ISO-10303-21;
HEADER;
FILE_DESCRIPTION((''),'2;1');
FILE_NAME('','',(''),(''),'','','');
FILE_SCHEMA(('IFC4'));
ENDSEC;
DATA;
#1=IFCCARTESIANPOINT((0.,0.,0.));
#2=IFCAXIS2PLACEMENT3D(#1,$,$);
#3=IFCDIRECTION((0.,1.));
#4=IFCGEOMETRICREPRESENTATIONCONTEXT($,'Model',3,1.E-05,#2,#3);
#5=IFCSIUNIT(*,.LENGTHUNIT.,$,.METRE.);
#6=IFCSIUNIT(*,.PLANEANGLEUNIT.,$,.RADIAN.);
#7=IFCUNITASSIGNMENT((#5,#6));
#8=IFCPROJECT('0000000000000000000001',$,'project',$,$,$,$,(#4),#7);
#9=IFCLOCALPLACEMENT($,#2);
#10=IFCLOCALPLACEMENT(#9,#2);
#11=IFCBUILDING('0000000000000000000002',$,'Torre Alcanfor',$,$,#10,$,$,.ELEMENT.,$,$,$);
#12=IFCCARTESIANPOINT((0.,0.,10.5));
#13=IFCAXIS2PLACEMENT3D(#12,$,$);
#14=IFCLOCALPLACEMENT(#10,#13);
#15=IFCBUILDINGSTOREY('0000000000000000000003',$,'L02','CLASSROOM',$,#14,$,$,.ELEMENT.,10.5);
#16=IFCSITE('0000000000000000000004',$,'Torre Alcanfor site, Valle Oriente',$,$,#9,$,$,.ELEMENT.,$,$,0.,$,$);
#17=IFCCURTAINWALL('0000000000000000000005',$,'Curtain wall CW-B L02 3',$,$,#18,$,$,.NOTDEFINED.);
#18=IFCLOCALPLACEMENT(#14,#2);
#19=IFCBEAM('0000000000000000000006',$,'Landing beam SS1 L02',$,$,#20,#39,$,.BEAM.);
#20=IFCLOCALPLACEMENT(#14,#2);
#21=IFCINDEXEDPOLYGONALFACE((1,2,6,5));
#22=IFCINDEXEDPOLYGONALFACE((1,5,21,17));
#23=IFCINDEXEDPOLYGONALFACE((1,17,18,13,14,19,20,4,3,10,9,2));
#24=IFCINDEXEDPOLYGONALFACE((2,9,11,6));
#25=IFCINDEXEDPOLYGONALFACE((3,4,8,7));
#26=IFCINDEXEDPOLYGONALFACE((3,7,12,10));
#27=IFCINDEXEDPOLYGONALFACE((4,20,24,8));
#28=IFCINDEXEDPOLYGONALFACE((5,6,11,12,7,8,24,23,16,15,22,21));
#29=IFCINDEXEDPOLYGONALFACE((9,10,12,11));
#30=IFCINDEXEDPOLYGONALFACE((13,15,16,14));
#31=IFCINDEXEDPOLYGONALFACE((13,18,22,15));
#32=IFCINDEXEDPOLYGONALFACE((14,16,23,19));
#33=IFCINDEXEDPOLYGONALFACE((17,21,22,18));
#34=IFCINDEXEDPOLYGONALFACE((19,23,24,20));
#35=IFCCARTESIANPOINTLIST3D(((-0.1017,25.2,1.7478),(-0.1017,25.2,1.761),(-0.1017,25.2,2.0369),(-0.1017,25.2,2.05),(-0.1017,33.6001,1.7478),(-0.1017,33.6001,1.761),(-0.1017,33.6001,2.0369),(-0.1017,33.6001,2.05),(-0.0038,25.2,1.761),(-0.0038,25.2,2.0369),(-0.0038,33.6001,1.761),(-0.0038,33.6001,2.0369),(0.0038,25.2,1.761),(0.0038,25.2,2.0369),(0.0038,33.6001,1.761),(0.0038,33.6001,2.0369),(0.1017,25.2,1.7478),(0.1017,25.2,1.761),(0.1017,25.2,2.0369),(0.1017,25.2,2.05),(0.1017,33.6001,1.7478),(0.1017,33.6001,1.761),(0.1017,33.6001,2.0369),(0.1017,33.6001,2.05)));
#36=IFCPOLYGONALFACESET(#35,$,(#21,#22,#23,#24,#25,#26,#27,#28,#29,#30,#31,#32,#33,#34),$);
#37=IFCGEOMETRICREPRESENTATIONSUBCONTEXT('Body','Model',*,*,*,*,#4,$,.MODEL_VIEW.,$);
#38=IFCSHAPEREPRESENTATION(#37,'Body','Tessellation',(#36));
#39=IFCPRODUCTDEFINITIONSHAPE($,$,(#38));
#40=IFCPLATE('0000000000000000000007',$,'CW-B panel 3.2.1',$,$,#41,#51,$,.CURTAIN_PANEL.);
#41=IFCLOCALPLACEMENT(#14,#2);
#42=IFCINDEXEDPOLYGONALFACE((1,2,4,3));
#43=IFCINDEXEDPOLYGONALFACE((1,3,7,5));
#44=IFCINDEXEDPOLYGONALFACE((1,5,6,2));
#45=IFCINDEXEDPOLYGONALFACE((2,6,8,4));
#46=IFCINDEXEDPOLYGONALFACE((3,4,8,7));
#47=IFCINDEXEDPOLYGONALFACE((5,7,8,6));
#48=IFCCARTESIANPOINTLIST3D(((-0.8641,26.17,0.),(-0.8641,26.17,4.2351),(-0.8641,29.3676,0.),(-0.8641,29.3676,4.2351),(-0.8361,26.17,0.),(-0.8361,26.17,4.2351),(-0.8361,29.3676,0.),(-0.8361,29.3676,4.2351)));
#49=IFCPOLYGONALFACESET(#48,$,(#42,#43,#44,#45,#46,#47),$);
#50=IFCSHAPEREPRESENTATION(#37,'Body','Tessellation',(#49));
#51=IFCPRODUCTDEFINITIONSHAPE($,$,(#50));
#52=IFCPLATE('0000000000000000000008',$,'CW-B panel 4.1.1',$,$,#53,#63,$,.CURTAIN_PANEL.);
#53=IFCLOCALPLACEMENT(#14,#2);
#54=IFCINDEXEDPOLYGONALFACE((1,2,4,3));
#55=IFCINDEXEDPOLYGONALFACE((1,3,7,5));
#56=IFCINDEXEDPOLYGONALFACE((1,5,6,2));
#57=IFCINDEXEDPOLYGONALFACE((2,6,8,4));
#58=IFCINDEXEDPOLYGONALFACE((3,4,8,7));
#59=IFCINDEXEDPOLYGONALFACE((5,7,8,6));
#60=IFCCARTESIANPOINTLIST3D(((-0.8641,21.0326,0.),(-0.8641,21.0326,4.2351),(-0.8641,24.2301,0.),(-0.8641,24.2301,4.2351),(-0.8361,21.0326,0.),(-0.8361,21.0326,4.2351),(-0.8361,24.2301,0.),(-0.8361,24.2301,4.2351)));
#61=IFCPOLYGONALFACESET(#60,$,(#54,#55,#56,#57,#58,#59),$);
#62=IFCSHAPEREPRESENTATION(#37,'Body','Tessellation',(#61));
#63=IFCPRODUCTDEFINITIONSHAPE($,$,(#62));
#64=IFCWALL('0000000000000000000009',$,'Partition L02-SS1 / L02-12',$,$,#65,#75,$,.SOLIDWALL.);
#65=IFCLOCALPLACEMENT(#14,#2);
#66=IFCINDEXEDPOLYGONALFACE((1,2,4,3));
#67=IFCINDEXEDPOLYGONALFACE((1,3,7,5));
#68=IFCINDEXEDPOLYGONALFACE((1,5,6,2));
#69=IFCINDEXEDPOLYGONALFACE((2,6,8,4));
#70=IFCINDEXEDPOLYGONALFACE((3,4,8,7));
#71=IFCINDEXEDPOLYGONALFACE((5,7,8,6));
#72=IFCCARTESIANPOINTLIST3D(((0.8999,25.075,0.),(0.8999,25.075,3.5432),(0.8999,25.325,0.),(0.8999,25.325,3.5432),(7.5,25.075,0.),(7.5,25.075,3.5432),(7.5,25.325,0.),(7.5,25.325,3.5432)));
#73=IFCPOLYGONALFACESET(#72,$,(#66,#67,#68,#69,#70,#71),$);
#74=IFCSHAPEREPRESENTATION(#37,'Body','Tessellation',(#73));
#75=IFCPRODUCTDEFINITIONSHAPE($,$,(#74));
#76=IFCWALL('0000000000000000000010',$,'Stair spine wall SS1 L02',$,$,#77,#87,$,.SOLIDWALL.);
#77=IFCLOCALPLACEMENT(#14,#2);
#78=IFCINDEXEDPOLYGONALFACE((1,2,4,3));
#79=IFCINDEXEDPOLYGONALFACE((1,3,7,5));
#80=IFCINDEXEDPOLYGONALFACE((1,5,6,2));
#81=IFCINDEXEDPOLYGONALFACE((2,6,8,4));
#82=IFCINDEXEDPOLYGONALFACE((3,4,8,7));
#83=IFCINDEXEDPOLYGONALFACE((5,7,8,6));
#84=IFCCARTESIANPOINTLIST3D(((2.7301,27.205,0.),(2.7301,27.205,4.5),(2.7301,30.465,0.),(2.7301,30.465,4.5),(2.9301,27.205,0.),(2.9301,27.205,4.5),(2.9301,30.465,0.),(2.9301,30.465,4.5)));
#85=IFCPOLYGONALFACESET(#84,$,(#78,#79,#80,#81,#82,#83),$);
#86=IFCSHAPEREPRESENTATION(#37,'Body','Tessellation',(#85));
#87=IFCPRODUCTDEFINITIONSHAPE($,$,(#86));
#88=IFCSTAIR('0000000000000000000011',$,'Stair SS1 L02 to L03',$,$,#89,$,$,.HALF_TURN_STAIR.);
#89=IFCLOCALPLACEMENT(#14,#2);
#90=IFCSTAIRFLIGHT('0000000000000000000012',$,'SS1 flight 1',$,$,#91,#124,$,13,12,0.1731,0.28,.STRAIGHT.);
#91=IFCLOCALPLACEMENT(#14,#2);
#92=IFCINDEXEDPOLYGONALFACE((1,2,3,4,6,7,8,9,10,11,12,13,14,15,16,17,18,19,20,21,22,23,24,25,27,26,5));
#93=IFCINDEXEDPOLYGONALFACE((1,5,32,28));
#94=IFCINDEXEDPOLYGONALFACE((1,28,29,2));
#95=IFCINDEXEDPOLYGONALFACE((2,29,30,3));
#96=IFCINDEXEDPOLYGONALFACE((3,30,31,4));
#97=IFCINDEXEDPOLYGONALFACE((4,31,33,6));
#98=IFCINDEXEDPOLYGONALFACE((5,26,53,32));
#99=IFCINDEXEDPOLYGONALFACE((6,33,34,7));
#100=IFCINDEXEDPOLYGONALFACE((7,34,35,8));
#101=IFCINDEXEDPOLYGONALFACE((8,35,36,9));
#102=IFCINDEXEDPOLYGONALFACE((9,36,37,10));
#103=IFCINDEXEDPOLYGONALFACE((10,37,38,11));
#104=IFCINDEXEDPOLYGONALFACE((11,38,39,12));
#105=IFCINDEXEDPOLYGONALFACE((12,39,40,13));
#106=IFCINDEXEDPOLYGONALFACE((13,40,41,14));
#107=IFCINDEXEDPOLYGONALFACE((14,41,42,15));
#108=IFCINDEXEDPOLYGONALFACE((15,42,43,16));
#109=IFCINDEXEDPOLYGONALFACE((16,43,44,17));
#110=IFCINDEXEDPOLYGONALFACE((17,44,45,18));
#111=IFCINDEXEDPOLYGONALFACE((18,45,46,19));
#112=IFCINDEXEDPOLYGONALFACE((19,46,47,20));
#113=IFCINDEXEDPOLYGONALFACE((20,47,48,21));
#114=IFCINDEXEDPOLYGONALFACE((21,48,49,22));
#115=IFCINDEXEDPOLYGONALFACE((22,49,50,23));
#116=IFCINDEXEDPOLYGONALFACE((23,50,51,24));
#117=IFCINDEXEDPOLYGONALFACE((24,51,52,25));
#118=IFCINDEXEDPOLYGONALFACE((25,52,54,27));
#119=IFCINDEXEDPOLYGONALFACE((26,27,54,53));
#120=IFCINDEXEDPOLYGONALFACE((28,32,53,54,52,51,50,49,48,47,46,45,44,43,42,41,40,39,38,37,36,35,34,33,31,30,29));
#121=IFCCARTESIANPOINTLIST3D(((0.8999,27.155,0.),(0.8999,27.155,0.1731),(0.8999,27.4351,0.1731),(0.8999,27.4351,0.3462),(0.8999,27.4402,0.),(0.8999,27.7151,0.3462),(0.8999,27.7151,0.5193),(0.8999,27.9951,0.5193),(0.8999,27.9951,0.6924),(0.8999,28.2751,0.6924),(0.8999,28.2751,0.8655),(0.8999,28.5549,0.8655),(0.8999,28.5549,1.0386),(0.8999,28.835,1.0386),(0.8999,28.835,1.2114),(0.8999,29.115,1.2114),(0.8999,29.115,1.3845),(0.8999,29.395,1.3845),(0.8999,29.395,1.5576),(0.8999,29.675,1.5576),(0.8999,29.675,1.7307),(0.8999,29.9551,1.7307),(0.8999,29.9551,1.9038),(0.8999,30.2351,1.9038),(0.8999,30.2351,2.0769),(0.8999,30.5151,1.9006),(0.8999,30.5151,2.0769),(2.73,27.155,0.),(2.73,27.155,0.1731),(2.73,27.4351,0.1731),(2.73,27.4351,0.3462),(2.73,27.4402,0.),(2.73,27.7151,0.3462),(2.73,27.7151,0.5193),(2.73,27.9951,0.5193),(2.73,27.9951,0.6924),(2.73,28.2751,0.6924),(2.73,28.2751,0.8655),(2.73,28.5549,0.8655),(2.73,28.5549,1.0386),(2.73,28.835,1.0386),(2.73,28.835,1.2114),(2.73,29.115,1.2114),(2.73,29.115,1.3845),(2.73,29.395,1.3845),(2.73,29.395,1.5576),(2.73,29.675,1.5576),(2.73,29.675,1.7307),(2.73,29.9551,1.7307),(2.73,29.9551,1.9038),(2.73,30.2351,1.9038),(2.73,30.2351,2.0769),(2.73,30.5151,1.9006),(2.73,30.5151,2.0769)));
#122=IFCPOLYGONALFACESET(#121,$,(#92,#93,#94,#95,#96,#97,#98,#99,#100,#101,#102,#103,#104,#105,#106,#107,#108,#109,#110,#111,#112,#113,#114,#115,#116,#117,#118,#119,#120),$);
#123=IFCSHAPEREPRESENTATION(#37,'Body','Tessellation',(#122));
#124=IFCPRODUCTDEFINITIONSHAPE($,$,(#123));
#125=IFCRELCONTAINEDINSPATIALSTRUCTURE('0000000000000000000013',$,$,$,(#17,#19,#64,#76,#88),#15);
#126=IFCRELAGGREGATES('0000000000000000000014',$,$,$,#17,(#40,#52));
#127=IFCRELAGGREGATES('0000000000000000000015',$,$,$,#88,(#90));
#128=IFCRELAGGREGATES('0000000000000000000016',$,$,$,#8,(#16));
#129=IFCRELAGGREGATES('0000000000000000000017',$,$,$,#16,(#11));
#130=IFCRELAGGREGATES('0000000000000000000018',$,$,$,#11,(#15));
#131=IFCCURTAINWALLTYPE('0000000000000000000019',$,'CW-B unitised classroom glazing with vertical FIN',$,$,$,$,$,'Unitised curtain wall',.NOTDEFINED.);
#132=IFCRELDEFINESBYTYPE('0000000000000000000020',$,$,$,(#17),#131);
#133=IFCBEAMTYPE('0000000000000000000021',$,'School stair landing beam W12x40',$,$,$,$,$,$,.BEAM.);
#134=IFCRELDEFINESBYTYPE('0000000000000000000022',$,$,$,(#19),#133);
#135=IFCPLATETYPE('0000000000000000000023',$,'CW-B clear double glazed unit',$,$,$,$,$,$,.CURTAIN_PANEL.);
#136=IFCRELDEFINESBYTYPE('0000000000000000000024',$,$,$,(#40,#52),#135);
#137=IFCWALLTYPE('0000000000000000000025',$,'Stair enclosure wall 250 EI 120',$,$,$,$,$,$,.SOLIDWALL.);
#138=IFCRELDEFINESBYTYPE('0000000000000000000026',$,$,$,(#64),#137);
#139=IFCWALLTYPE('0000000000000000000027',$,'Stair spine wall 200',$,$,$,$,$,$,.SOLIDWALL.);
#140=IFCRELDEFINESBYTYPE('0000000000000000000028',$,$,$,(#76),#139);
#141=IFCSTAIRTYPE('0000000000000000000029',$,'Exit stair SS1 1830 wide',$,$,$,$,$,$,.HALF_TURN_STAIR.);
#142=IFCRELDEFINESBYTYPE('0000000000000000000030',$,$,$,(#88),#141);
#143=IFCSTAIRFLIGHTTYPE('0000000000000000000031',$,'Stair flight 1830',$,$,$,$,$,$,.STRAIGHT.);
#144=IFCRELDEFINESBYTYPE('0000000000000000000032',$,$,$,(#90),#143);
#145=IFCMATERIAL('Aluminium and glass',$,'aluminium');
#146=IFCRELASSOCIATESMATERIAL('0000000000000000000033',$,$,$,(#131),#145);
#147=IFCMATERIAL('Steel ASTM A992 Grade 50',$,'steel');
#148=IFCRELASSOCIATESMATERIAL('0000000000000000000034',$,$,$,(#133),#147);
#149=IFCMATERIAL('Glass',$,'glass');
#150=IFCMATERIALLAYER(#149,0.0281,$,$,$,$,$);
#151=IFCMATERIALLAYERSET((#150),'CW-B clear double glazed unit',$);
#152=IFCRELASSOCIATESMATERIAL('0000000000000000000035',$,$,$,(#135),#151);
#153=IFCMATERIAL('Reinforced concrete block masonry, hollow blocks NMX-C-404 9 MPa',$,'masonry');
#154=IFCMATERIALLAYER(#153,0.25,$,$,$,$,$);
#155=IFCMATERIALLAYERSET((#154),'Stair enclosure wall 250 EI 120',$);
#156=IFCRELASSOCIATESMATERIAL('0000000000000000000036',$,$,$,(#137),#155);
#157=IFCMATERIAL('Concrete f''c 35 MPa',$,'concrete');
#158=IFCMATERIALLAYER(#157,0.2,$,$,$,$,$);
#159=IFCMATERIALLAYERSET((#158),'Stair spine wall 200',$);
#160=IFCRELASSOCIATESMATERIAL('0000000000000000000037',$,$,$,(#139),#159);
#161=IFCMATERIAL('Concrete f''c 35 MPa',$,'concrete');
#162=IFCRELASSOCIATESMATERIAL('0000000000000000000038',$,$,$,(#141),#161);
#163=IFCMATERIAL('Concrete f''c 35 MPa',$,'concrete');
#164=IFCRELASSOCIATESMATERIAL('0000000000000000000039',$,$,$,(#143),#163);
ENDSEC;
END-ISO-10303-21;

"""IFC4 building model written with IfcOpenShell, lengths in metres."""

from ifc_helpers import new_model, si_unit, direction, frame, frame_2d, origin, origin_2d, place, context, subcontext, project, spatial, polyline, rectangle, i_section, outline, extrude, material, layer, layer_set, material_profile, profile_set, type_object, element, aggregate, save


model = new_model("IFC4")

# Units and contexts
model_context = context("Model", 3, precision=1e-05, world=origin(), true_north=direction((0.0, 1.0)))
body_context = subcontext(model_context, "Body", "Model", "MODEL_VIEW")
ifc_project = project(units=[si_unit("LENGTHUNIT", "METRE"), si_unit("PLANEANGLEUNIT", "RADIAN")], contexts=[model_context])

# Site, building, storey
site_placement = place(None, origin())
site = spatial("IfcSite", under=ifc_project, at=site_placement, Name="Torre Alcanfor site, Valle Oriente", CompositionType="ELEMENT", RefElevation=0.0)
building_placement = place(site_placement, origin())
building = spatial("IfcBuilding", under=site, at=building_placement, Name="Torre Alcanfor", CompositionType="ELEMENT")
storey_placement = place(building_placement, frame((0.0, 0.0, 10.5)))
storey = spatial("IfcBuildingStorey", under=building, at=storey_placement, Name="L02", Description="CLASSROOM", CompositionType="ELEMENT", Elevation=10.5)

# Curtain wall
ifc_material_1 = material(Name="Aluminium and glass", Category="aluminium")
curtain_wall_type = type_object("IfcCurtainWallType", Name="CW-B unitised classroom glazing with vertical FIN", ElementType="Unitised curtain wall", PredefinedType="NOTDEFINED", material=ifc_material_1)
curtain_wall_placement = place(storey_placement, origin())
curtain_wall = element("IfcCurtainWall", 1, at=curtain_wall_placement, inside=storey, type_object=curtain_wall_type, Name="Curtain wall CW-B L02 3", PredefinedType="NOTDEFINED")

# Beam
ifc_material_2 = material(Name="Steel ASTM A992 Grade 50", Category="steel")
ifc_material_profile_1 = material_profile(ifc_material_2, i_section(OverallWidth=0.2034, OverallDepth=0.3022, WebThickness=0.0076, FlangeThickness=0.0132, at=origin_2d()), Name="W12x40")
ifc_profile_set_1 = profile_set([ifc_material_profile_1], Name="Steel ASTM A992 Grade 50")
beam_type_1 = type_object("IfcBeamType", Name="School stair landing beam W12x40", PredefinedType="BEAM", material=ifc_profile_set_1)
beam_1_placement = place(storey_placement, frame((0.0, 25.2, 1.8989), z_axis=(0.0, 1.0, 0.0), x_axis=(-1.0, 0.0, 0.0)))
element("IfcBeam", 2, at=beam_1_placement, inside=storey, type_object=beam_type_1, Name="Landing beam SS1 L02", PredefinedType="BEAM", context=body_context, shape_type="SweptSolid", body=[
    extrude(i_section(OverallWidth=0.2034, OverallDepth=0.3022, WebThickness=0.0076, FlangeThickness=0.0132, at=origin_2d()), origin(), (0.0, 0.0, 1.0), 8.4001),
])

# Plates
ifc_material_3 = material(Name="Glass", Category="glass")
ifc_layer_1 = layer(ifc_material_3, 0.0281)
ifc_layer_set_1 = layer_set([ifc_layer_1], Name="CW-B clear double glazed unit")
plate_type = type_object("IfcPlateType", Name="CW-B clear double glazed unit", PredefinedType="CURTAIN_PANEL", material=ifc_layer_set_1)
plate_1_placement = place(storey_placement, frame((-0.8501, 27.7688, 0.0), z_axis=(0.0, 0.0, 1.0), x_axis=(0.0, -1.0, 0.0)))
plate_1 = element("IfcPlate", 3, at=plate_1_placement, type_object=plate_type, Name="CW-B panel 3.2.1", PredefinedType="CURTAIN_PANEL", context=body_context, shape_type="SweptSolid", body=[
    extrude(rectangle(XDim=3.1975, YDim=0.0281, at=origin_2d()), origin(), (0.0, 0.0, 1.0), 4.2351),
])
plate_2_placement = place(storey_placement, frame((-0.8501, 22.6313, 0.0), z_axis=(0.0, 0.0, 1.0), x_axis=(0.0, -1.0, 0.0)))
plate_2 = element("IfcPlate", 4, at=plate_2_placement, type_object=plate_type, Name="CW-B panel 4.1.1", PredefinedType="CURTAIN_PANEL", context=body_context, shape_type="SweptSolid", body=[
    extrude(rectangle(XDim=3.1975, YDim=0.0281, at=origin_2d()), origin(), (0.0, 0.0, 1.0), 4.2351),
])
aggregate(curtain_wall, [plate_1, plate_2])

# Walls
ifc_material_4 = material(Name="Reinforced concrete block masonry, hollow blocks NMX-C-404 9 MPa", Category="masonry")
ifc_layer_2 = layer(ifc_material_4, 0.25)
ifc_layer_set_2 = layer_set([ifc_layer_2], Name="Stair enclosure wall 250 EI 120")
wall_type_1 = type_object("IfcWallType", Name="Stair enclosure wall 250 EI 120", PredefinedType="SOLIDWALL", material=ifc_layer_set_2)
wall_1_placement = place(storey_placement, frame((7.5, 25.2, 0.0), z_axis=(0.0, 0.0, 1.0), x_axis=(-1.0, 0.0, 0.0)))
element("IfcWall", 5, at=wall_1_placement, inside=storey, type_object=wall_type_1, Name="Partition L02-SS1 / L02-12", PredefinedType="SOLIDWALL", context=body_context, shape_type="SweptSolid", body=[
    extrude(rectangle(XDim=6.6001, YDim=0.25, at=frame_2d((3.3, 0.0))), origin(), (0.0, 0.0, 1.0), 3.5432),
])
ifc_material_5 = material(Name="Concrete f'c 35 MPa", Category="concrete")
ifc_layer_3 = layer(ifc_material_5, 0.2)
ifc_layer_set_3 = layer_set([ifc_layer_3], Name="Stair spine wall 200")
wall_type_2 = type_object("IfcWallType", Name="Stair spine wall 200", PredefinedType="SOLIDWALL", material=ifc_layer_set_3)
wall_2_placement = place(storey_placement, frame((2.8301, 27.2051, 0.0), z_axis=(0.0, 0.0, 1.0), x_axis=(0.0, 1.0, 0.0)))
element("IfcWall", 6, at=wall_2_placement, inside=storey, type_object=wall_type_2, Name="Stair spine wall SS1 L02", PredefinedType="SOLIDWALL", context=body_context, shape_type="SweptSolid", body=[
    extrude(rectangle(XDim=3.26, YDim=0.2, at=frame_2d((1.6299, 0.0))), origin(), (0.0, 0.0, 1.0), 4.5),
])

# Stair, stair flight
ifc_material_6 = material(Name="Concrete f'c 35 MPa", Category="concrete")
stair_type = type_object("IfcStairType", Name="Exit stair SS1 1830 wide", PredefinedType="HALF_TURN_STAIR", material=ifc_material_6)
stair_placement = place(storey_placement, origin())
stair = element("IfcStair", 7, at=stair_placement, inside=storey, type_object=stair_type, Name="Stair SS1 L02 to L03", PredefinedType="HALF_TURN_STAIR")
ifc_material_7 = material(Name="Concrete f'c 35 MPa", Category="concrete")
stair_flight_type = type_object("IfcStairFlightType", Name="Stair flight 1830", PredefinedType="STRAIGHT", material=ifc_material_7)
stair_flight_placement = place(storey_placement, frame((1.8149, 27.155, 0.0), z_axis=(0.0, 0.0, 1.0), x_axis=(0.0, 1.0, 0.0)))
stair_flight = element("IfcStairFlight", 8, at=stair_flight_placement, type_object=stair_flight_type, Name="SS1 flight 1", NumberOfRisers=13, NumberOfTreads=12, PredefinedType="STRAIGHT", RiserHeight=0.1731, TreadLength=0.28, context=body_context, shape_type="SweptSolid", body=[
    extrude(outline(polyline([(0.0, 0.0), (0.0, 0.1731), (0.28, 0.1731), (0.28, 0.3462), (0.5601, 0.3462), (0.5601, 0.5193), (0.8401, 0.5193), (0.8401, 0.6924), (1.1201, 0.6924), (1.1201, 0.8655), (1.3999, 0.8655), (1.3999, 1.0386), (1.6799, 1.0386), (1.6799, 1.2114), (1.96, 1.2114), (1.96, 1.3845), (2.24, 1.3845), (2.24, 1.5576), (2.52, 1.5576), (2.52, 1.7307), (2.8, 1.7307), (2.8, 1.9038), (3.0801, 1.9038), (3.0801, 2.0769), (3.3601, 2.0769), (3.3601, 2.25), (3.3601, 1.9006), (0.2852, 0.0), (0.0, 0.0)])), frame((0.0, 0.915, 0.0), z_axis=(0.0, -1.0, 0.0), x_axis=(1.0, 0.0, 0.0)), (0.0, 0.0, 1.0), 1.8301),
])
aggregate(stair, [stair_flight])

save(model, "model.ifc")
